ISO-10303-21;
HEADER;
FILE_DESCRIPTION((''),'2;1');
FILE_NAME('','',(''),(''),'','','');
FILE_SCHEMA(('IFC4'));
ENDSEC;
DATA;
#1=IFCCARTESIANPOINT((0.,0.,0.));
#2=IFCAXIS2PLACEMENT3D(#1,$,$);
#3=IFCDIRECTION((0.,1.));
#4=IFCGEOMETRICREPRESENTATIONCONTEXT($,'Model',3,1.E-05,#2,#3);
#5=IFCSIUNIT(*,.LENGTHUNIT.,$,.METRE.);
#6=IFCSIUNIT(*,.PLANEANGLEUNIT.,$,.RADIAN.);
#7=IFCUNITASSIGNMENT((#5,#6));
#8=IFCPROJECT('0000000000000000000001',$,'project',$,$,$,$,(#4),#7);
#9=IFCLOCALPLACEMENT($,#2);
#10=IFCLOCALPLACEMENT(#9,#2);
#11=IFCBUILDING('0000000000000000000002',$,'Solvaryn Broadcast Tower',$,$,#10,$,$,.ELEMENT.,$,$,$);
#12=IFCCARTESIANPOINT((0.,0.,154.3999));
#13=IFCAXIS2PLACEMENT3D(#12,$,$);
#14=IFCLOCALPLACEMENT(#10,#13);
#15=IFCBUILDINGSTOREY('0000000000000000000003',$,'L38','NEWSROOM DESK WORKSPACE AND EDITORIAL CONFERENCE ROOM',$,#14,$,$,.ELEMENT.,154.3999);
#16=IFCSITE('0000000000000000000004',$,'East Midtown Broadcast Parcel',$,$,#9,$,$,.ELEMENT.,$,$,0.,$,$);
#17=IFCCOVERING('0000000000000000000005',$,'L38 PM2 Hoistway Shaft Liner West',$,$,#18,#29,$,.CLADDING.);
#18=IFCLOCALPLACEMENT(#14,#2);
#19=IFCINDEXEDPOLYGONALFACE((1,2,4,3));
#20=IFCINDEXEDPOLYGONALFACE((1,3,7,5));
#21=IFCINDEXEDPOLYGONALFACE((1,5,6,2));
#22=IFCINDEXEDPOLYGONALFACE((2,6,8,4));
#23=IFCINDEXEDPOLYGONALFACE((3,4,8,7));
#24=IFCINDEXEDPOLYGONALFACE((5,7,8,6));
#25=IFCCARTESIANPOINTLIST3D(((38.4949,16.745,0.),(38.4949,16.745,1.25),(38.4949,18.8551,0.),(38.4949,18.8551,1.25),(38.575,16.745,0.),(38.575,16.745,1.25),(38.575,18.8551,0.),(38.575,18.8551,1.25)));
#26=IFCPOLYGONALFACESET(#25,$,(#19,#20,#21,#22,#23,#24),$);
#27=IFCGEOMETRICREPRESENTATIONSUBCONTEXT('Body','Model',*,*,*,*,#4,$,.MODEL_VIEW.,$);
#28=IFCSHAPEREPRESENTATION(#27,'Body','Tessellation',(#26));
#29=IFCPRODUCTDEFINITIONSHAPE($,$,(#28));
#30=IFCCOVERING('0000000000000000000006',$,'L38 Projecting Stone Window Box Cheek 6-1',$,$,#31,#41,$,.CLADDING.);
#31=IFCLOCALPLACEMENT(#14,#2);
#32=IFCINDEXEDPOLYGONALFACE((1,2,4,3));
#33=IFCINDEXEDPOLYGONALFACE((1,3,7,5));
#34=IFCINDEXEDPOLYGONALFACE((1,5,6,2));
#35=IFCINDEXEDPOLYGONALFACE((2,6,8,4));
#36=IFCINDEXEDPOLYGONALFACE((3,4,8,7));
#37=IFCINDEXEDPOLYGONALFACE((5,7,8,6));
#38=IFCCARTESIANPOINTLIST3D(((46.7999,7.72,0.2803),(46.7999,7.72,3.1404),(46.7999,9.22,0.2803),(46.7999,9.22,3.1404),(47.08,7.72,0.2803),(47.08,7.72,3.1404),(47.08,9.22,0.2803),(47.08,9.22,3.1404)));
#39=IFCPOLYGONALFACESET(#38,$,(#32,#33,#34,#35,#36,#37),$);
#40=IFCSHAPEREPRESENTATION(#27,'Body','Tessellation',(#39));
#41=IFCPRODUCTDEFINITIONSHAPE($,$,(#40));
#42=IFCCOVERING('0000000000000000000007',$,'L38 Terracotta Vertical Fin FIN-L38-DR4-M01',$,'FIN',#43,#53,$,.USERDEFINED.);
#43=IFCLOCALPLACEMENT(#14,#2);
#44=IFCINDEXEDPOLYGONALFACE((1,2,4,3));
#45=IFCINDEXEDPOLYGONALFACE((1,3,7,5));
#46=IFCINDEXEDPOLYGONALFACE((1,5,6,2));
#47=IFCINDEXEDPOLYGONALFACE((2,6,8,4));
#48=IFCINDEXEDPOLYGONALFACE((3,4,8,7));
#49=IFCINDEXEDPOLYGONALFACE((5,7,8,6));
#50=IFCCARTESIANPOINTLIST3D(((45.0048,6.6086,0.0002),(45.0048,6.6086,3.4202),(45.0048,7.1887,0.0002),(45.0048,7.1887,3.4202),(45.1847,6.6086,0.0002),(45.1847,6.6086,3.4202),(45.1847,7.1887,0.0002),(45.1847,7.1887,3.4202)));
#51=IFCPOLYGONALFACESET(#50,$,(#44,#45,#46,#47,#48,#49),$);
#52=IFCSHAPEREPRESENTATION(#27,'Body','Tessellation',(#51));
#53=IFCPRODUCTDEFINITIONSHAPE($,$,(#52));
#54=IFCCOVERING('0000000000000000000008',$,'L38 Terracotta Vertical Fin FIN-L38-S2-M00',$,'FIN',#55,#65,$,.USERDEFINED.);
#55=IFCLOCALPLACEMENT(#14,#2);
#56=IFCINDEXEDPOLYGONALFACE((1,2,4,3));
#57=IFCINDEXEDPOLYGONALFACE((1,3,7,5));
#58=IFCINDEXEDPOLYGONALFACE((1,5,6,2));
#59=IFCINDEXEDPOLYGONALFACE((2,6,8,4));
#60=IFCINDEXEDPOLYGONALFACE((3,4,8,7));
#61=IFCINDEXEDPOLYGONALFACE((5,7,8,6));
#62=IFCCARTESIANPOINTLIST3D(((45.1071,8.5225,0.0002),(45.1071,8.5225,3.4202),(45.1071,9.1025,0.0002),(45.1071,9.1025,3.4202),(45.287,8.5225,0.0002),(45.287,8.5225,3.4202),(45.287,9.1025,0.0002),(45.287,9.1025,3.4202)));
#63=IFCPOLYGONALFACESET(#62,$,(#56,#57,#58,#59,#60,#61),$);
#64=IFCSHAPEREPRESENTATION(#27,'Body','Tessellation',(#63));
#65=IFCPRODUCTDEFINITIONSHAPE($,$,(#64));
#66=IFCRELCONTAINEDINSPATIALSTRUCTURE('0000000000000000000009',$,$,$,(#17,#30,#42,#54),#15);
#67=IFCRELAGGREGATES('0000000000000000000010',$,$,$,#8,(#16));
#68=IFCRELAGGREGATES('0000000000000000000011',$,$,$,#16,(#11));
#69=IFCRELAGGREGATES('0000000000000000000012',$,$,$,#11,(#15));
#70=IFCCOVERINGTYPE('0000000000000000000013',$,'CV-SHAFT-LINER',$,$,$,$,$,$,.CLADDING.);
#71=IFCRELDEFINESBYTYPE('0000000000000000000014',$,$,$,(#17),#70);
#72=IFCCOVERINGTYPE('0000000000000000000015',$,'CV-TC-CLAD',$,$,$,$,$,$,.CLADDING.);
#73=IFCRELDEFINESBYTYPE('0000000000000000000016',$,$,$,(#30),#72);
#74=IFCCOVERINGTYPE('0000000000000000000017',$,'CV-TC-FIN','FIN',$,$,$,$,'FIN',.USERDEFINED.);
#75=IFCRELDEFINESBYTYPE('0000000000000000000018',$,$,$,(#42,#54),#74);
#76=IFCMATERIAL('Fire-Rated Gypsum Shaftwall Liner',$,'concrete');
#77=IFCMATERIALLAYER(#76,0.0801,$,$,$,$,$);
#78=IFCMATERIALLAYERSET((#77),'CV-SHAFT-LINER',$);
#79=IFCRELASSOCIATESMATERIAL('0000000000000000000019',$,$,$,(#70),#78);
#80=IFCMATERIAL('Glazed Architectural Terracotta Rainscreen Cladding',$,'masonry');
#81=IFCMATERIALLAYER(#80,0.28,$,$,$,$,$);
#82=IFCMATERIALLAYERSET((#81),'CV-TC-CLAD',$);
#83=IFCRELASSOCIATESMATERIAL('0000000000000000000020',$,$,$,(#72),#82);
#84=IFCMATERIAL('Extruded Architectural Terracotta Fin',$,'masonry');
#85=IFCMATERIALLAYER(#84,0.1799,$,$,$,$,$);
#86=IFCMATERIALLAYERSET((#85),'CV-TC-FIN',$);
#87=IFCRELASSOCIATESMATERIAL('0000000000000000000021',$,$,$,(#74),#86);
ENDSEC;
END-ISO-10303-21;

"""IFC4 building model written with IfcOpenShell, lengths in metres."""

from ifc_helpers import new_model, si_unit, direction, frame, origin, origin_2d, place, context, subcontext, project, spatial, rectangle, extrude, material, layer, layer_set, type_object, element, save


model = new_model("IFC4")

# Units and contexts
model_context = context("Model", 3, precision=1e-05, world=origin(), true_north=direction((0.0, 1.0)))
body_context = subcontext(model_context, "Body", "Model", "MODEL_VIEW")
ifc_project = project(units=[si_unit("LENGTHUNIT", "METRE"), si_unit("PLANEANGLEUNIT", "RADIAN")], contexts=[model_context])

# Site, building, storey
site_placement = place(None, origin())
site = spatial("IfcSite", under=ifc_project, at=site_placement, Name="East Midtown Broadcast Parcel", CompositionType="ELEMENT", RefElevation=0.0)
building_placement = place(site_placement, origin())
building = spatial("IfcBuilding", under=site, at=building_placement, Name="Solvaryn Broadcast Tower", CompositionType="ELEMENT")
storey_placement = place(building_placement, frame((0.0, 0.0, 154.3999)))
storey = spatial("IfcBuildingStorey", under=building, at=storey_placement, Name="L38", Description="NEWSROOM DESK WORKSPACE AND EDITORIAL CONFERENCE ROOM", CompositionType="ELEMENT", Elevation=154.3999)

# Coverings
ifc_material_1 = material(Name="Fire-Rated Gypsum Shaftwall Liner", Category="concrete")
ifc_layer_1 = layer(ifc_material_1, 0.0801)
ifc_layer_set_1 = layer_set([ifc_layer_1], Name="CV-SHAFT-LINER")
covering_type_1 = type_object("IfcCoveringType", Name="CV-SHAFT-LINER", PredefinedType="CLADDING", material=ifc_layer_set_1)
for number, where, z_axis, x_axis, name in (
    (1, (38.5349, 17.8, 0.0), (0.0, 0.0, 1.0), (1.0, 0.0, 0.0), "L38 PM2 Hoistway Shaft Liner West"),
):
    element("IfcCovering", number, at=place(storey_placement, frame(where, z_axis=z_axis, x_axis=x_axis)), inside=storey, type_object=covering_type_1, Name=name, PredefinedType="CLADDING", context=body_context, shape_type="SweptSolid", body=[
        extrude(rectangle(XDim=0.0801, YDim=2.1101, at=origin_2d()), origin(), (0.0, 0.0, 1.0), 1.25),
    ])
ifc_material_2 = material(Name="Glazed Architectural Terracotta Rainscreen Cladding", Category="masonry")
ifc_layer_2 = layer(ifc_material_2, 0.28)
ifc_layer_set_2 = layer_set([ifc_layer_2], Name="CV-TC-CLAD")
covering_type_2 = type_object("IfcCoveringType", Name="CV-TC-CLAD", PredefinedType="CLADDING", material=ifc_layer_set_2)
covering_1_placement = place(storey_placement, frame((46.9399, 8.47, 0.2803), z_axis=(0.0, 0.0, 1.0), x_axis=(1.0, 0.0, 0.0)))
element("IfcCovering", 2, at=covering_1_placement, inside=storey, type_object=covering_type_2, Name="L38 Projecting Stone Window Box Cheek 6-1", PredefinedType="CLADDING", context=body_context, shape_type="SweptSolid", body=[
    extrude(rectangle(XDim=0.28, YDim=1.5, at=origin_2d()), origin(), (0.0, 0.0, 1.0), 2.8601),
])
ifc_material_3 = material(Name="Extruded Architectural Terracotta Fin", Category="masonry")
ifc_layer_3 = layer(ifc_material_3, 0.1799)
ifc_layer_set_3 = layer_set([ifc_layer_3], Name="CV-TC-FIN")
covering_type_3 = type_object("IfcCoveringType", Name="CV-TC-FIN", Description="FIN", ElementType="FIN", PredefinedType="USERDEFINED", material=ifc_layer_set_3)
for number, where, z_axis, x_axis, name in (
    (3, (45.0947, 6.8987, 0.0002), (0.0, 0.0, 1.0), (1.0, 0.0, 0.0), "L38 Terracotta Vertical Fin FIN-L38-DR4-M01"),
    (4, (45.197, 8.8125, 0.0002), (0.0, 0.0, 1.0), (1.0, 0.0, 0.0), "L38 Terracotta Vertical Fin FIN-L38-S2-M00"),
):
    element("IfcCovering", number, at=place(storey_placement, frame(where, z_axis=z_axis, x_axis=x_axis)), inside=storey, type_object=covering_type_3, Name=name, ObjectType="FIN", PredefinedType="USERDEFINED", context=body_context, shape_type="SweptSolid", body=[
        extrude(rectangle(XDim=0.1799, YDim=0.5801, at=origin_2d()), origin(), (0.0, 0.0, 1.0), 3.4199),
    ])

save(model, "model.ifc")
